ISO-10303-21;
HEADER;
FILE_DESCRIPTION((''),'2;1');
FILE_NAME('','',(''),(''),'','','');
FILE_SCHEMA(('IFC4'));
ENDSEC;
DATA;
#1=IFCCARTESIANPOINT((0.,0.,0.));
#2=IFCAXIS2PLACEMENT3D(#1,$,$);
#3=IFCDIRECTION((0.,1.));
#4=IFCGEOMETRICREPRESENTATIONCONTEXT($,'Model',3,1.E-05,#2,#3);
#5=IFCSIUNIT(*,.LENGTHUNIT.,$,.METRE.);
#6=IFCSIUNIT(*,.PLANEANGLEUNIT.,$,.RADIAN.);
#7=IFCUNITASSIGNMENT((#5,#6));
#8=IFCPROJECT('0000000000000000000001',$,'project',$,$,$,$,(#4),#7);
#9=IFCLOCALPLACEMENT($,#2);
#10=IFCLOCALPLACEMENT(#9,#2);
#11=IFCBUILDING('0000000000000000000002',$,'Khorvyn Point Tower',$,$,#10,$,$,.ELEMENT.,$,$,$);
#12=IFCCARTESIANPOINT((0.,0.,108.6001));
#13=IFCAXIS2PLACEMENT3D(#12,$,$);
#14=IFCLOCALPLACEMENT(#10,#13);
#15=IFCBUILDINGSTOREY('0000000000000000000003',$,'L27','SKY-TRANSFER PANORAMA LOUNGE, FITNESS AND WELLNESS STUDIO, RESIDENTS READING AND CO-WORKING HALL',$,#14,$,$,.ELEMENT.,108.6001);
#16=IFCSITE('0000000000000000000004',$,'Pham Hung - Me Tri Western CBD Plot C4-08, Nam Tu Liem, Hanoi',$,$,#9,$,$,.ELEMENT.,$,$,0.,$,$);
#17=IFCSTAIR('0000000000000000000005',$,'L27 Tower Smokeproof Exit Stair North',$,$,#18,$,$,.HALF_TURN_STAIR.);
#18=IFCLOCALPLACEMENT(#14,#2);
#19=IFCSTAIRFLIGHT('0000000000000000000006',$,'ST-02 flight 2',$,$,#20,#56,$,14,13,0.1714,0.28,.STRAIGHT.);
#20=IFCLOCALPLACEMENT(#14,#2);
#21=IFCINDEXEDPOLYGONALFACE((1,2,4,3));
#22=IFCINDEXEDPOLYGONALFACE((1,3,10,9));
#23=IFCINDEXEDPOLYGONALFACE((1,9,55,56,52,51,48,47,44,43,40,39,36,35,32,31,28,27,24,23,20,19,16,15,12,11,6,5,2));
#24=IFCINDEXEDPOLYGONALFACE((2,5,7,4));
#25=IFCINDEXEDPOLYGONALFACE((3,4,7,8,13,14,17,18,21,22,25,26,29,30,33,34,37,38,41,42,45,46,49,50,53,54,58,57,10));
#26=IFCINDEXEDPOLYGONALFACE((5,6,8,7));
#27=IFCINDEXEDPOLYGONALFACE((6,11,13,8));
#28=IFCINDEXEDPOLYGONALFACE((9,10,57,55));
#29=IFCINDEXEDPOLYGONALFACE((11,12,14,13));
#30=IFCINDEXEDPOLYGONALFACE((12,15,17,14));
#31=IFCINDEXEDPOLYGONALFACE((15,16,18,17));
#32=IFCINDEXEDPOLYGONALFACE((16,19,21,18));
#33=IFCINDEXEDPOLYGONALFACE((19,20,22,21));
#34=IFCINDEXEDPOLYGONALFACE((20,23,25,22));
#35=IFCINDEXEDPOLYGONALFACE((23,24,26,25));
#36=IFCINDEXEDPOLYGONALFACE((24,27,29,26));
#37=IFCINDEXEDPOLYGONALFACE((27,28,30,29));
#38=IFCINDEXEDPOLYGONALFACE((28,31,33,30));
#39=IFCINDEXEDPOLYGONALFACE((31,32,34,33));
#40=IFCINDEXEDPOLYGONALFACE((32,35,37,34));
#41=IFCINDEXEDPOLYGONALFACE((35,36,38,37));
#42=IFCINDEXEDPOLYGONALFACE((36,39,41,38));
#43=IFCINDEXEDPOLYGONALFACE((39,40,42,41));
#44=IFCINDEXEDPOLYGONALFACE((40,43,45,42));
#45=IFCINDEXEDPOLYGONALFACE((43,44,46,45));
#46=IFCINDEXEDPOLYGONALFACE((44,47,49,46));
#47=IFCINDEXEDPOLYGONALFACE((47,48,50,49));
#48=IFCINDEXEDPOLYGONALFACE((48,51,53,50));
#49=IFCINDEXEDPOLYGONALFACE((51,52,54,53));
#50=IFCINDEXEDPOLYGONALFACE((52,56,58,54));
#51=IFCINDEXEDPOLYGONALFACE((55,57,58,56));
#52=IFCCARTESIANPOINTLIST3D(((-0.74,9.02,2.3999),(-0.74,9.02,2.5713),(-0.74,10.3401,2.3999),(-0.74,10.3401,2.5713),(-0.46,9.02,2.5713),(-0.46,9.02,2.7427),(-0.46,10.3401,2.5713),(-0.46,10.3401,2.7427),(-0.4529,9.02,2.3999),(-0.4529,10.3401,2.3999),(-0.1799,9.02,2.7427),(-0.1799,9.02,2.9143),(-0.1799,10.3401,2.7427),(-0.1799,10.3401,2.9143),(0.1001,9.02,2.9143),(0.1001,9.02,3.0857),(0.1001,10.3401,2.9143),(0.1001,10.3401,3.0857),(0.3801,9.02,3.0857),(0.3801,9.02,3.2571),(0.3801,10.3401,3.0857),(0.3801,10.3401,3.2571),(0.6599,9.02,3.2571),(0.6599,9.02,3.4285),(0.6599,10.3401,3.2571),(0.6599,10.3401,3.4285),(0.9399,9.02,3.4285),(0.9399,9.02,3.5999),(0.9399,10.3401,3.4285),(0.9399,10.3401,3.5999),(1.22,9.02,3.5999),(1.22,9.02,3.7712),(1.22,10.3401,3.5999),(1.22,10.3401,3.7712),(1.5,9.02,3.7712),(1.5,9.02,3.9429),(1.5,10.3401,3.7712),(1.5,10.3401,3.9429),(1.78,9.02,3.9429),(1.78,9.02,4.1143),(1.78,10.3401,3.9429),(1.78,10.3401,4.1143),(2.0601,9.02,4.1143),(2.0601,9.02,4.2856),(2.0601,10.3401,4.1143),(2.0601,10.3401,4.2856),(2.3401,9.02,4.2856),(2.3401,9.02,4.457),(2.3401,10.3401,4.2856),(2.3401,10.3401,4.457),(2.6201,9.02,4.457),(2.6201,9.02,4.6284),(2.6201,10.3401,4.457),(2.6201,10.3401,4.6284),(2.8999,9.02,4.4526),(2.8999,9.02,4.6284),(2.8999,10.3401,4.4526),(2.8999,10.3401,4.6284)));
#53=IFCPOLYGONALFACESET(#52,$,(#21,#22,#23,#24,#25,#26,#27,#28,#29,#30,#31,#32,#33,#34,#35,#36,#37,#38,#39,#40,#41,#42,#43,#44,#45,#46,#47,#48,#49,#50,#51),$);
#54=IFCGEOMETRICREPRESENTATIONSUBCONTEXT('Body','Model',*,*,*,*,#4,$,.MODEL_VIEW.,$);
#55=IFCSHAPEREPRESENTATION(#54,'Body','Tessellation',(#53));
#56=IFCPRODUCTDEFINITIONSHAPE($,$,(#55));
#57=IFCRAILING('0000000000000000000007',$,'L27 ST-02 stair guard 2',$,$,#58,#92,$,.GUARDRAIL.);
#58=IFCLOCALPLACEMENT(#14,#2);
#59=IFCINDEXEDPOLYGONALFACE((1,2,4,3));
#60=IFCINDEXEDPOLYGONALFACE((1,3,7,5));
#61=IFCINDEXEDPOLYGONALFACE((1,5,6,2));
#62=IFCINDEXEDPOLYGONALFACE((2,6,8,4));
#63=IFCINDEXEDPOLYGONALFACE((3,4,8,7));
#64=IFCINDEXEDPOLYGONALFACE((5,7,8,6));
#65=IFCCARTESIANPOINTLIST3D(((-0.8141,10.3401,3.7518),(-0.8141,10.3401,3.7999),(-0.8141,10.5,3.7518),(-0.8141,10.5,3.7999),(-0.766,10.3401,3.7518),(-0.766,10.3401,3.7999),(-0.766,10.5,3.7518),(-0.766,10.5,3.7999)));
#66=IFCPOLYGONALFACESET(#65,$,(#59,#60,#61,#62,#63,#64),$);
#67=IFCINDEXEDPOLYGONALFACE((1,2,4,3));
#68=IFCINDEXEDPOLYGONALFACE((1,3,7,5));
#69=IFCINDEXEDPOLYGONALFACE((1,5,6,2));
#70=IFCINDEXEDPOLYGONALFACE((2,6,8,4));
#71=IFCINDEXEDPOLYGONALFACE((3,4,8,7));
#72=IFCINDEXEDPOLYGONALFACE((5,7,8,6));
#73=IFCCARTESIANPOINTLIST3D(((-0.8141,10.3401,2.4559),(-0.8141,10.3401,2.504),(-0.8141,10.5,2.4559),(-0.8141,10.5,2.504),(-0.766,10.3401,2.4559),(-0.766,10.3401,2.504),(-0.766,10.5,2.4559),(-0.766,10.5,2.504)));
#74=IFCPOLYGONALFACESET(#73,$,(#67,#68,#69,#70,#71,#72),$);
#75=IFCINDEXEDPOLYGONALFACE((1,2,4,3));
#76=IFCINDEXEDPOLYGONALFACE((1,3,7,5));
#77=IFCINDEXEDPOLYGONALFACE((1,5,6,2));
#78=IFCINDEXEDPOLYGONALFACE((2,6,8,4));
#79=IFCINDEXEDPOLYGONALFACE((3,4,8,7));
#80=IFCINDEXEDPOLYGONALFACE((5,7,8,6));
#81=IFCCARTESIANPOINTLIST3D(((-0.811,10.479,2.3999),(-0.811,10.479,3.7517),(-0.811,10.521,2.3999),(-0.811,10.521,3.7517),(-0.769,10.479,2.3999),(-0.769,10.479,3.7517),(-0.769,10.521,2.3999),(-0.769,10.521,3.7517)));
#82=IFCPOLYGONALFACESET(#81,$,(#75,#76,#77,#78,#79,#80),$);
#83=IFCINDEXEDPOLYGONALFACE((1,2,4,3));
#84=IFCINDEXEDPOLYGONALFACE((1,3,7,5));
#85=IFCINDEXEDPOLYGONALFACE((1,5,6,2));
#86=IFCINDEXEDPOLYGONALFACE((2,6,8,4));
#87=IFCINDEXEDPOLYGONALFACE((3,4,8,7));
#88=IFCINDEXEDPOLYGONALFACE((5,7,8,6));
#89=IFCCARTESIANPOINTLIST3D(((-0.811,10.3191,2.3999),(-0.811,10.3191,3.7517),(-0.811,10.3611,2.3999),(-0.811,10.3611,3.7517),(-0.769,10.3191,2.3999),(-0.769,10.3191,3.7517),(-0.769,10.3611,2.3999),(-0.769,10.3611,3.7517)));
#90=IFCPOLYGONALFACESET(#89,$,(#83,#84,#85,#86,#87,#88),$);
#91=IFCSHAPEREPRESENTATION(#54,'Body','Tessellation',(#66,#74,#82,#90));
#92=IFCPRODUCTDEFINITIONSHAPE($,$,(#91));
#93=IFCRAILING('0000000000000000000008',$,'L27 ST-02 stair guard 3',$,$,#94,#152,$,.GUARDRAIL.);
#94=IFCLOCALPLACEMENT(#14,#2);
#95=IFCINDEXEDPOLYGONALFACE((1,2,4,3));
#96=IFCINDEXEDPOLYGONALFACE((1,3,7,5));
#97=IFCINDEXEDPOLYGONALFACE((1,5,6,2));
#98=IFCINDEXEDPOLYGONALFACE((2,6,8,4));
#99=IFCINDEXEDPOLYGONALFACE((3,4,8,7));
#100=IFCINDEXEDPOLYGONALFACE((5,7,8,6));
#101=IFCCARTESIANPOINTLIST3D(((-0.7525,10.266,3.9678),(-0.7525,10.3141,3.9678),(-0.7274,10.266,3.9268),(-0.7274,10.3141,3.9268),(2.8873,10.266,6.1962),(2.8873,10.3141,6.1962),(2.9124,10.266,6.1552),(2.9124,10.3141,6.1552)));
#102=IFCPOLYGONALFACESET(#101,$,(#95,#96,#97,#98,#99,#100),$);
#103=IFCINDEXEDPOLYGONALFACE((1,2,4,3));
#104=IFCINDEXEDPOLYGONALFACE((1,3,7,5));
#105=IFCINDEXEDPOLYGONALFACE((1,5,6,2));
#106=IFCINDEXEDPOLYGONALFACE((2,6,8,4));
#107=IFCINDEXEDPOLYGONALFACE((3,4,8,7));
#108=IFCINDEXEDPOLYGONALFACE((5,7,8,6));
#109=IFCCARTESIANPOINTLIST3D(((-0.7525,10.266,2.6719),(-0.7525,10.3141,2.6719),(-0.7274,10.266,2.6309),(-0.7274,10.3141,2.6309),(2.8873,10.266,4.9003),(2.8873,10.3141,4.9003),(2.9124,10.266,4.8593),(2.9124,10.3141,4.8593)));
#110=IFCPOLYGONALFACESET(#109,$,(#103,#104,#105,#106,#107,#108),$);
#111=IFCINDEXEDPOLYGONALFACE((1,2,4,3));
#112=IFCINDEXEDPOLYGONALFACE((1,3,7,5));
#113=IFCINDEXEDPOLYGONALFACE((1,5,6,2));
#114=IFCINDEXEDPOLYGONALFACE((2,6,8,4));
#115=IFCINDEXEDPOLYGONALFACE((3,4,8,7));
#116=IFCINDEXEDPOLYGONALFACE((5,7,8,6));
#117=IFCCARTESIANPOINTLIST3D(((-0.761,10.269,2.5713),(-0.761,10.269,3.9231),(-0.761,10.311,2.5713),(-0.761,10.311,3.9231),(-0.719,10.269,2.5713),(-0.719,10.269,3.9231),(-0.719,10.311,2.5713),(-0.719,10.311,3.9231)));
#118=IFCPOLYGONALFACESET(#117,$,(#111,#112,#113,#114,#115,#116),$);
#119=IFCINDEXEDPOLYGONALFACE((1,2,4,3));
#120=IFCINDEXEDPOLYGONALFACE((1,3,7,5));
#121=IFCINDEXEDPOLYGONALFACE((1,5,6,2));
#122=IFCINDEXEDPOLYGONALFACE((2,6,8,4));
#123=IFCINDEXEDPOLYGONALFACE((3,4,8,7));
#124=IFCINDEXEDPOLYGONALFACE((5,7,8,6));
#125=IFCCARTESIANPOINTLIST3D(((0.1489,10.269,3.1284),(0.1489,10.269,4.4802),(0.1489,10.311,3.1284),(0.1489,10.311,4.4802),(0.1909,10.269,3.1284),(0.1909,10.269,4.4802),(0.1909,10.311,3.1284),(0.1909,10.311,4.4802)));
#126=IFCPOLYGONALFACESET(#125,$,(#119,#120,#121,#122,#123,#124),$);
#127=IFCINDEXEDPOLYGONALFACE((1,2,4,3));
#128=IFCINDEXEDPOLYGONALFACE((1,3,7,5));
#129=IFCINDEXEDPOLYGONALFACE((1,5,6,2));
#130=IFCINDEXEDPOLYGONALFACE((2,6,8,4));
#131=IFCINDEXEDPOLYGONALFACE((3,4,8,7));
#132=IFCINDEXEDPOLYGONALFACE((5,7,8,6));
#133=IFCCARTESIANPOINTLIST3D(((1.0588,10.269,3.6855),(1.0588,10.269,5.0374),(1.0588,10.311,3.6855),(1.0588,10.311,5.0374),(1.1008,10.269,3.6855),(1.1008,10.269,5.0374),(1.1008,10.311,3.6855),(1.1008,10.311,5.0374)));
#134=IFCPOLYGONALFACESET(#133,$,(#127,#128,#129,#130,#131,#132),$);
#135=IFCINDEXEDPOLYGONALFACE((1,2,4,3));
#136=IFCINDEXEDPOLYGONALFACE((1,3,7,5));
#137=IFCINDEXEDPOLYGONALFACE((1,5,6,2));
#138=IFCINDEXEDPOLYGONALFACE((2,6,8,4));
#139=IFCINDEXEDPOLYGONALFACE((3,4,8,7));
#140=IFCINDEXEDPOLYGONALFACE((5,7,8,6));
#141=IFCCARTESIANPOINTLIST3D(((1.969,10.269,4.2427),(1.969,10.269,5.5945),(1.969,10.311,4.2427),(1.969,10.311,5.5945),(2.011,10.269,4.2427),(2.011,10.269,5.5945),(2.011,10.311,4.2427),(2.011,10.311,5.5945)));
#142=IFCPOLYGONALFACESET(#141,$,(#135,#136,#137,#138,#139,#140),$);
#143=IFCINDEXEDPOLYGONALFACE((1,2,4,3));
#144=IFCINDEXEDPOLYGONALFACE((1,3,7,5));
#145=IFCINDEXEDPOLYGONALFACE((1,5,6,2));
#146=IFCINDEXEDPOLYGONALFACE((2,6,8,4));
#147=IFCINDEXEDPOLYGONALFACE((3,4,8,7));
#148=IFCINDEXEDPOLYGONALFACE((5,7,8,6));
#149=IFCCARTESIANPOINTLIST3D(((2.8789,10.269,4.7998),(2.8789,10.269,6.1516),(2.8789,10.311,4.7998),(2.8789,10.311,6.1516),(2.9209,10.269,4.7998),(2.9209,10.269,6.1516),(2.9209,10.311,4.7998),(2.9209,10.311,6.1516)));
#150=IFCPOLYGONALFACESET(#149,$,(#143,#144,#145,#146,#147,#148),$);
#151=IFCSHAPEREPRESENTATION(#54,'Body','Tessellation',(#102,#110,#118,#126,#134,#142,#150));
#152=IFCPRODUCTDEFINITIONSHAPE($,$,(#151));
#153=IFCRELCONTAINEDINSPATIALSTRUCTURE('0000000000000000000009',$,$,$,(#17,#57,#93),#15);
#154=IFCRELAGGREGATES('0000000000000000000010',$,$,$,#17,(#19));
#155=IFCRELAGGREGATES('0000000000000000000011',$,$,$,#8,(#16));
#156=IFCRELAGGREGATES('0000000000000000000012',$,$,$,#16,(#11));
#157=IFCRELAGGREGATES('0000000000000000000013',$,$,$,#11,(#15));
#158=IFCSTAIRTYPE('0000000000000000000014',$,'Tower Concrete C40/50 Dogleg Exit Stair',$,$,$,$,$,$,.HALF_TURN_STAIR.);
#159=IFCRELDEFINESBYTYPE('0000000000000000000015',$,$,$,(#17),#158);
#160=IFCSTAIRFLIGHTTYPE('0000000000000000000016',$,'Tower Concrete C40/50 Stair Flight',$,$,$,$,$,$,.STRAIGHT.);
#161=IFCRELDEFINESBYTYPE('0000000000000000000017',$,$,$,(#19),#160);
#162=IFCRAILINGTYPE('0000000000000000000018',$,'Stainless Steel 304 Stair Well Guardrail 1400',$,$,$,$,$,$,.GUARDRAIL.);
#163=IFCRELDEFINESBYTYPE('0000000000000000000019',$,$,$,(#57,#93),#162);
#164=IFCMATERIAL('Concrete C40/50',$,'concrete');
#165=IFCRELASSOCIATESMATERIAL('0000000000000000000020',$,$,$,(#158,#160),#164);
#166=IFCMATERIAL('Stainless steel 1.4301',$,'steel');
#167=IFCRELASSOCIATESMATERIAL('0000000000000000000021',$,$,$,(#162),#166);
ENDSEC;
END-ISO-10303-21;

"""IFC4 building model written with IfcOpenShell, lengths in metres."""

from ifc_helpers import new_model, si_unit, direction, frame, origin, origin_2d, place, context, subcontext, project, spatial, polyline, rectangle, outline, extrude, material, type_object, element, aggregate, save


model = new_model("IFC4")

# Units and contexts
model_context = context("Model", 3, precision=1e-05, world=origin(), true_north=direction((0.0, 1.0)))
body_context = subcontext(model_context, "Body", "Model", "MODEL_VIEW")
ifc_project = project(units=[si_unit("LENGTHUNIT", "METRE"), si_unit("PLANEANGLEUNIT", "RADIAN")], contexts=[model_context])

# Site, building, storey
site_placement = place(None, origin())
site = spatial("IfcSite", under=ifc_project, at=site_placement, Name="Pham Hung - Me Tri Western CBD Plot C4-08, Nam Tu Liem, Hanoi", CompositionType="ELEMENT", RefElevation=0.0)
building_placement = place(site_placement, origin())
building = spatial("IfcBuilding", under=site, at=building_placement, Name="Khorvyn Point Tower", CompositionType="ELEMENT")
storey_placement = place(building_placement, frame((0.0, 0.0, 108.6001)))
storey = spatial("IfcBuildingStorey", under=building, at=storey_placement, Name="L27", Description="SKY-TRANSFER PANORAMA LOUNGE, FITNESS AND WELLNESS STUDIO, RESIDENTS READING AND CO-WORKING HALL", CompositionType="ELEMENT", Elevation=108.6001)

# Shared definitions
ifc_material_1 = material(Name="Concrete C40/50", Category="concrete")

# Shared definitions
ifc_material_2 = material(Name="Stainless steel 1.4301", Category="steel")

# Stair, stair flight
stair_type = type_object("IfcStairType", Name="Tower Concrete C40/50 Dogleg Exit Stair", PredefinedType="HALF_TURN_STAIR", material=ifc_material_1)
stair_placement = place(storey_placement, origin())
stair = element("IfcStair", 1, at=stair_placement, inside=storey, type_object=stair_type, Name="L27 Tower Smokeproof Exit Stair North", PredefinedType="HALF_TURN_STAIR")
stair_flight_type = type_object("IfcStairFlightType", Name="Tower Concrete C40/50 Stair Flight", PredefinedType="STRAIGHT", material=ifc_material_1)
stair_flight_placement = place(storey_placement, frame((-0.74, 9.6799, 2.3999), z_axis=(0.0, 0.0, 1.0), x_axis=(1.0, 0.0, 0.0)))
stair_flight = element("IfcStairFlight", 2, at=stair_flight_placement, type_object=stair_flight_type, Name="ST-02 flight 2", NumberOfRisers=14, NumberOfTreads=13, PredefinedType="STRAIGHT", RiserHeight=0.1714, TreadLength=0.28, context=body_context, shape_type="SweptSolid", body=[
    extrude(outline(polyline([(0.0, 0.0), (0.0, 0.1714), (0.28, 0.1714), (0.28, 0.3428), (0.5601, 0.3428), (0.5601, 0.5144), (0.8401, 0.5144), (0.8401, 0.6858), (1.1201, 0.6858), (1.1201, 0.8572), (1.3999, 0.8572), (1.3999, 1.0286), (1.6799, 1.0286), (1.6799, 1.2), (1.96, 1.2), (1.96, 1.3713), (2.24, 1.3713), (2.24, 1.543), (2.52, 1.543), (2.52, 1.7144), (2.8, 1.7144), (2.8, 1.8857), (3.0801, 1.8857), (3.0801, 2.0571), (3.3601, 2.0571), (3.3601, 2.2285), (3.6399, 2.2285), (3.6399, 2.3999), (3.6399, 2.0527), (0.2871, 0.0), (0.0, 0.0)])), frame((0.0, 0.6602, 0.0), z_axis=(0.0, -1.0, 0.0), x_axis=(1.0, 0.0, 0.0)), (0.0, 0.0, 1.0), 1.3201),
])
aggregate(stair, [stair_flight])

# Railings
railing_type = type_object("IfcRailingType", Name="Stainless Steel 304 Stair Well Guardrail 1400", PredefinedType="GUARDRAIL", material=ifc_material_2)
railing_1_placement = place(storey_placement, frame((-0.79, 10.5, 2.3999)))
element("IfcRailing", 3, at=railing_1_placement, inside=storey, type_object=railing_type, Name="L27 ST-02 stair guard 2", PredefinedType="GUARDRAIL", context=body_context, shape_type="SweptSolid", body=[
    extrude(rectangle(XDim=0.0481, YDim=0.0481, at=origin_2d()), frame((0.0, 0.0, 1.376), z_axis=(0.0, -1.0, 0.0), x_axis=(1.0, 0.0, 0.0)), (0.0, 0.0, 1.0), 0.1599),
    extrude(rectangle(XDim=0.0481, YDim=0.0481, at=origin_2d()), frame((0.0, 0.0, 0.0801), z_axis=(0.0, -1.0, 0.0), x_axis=(1.0, 0.0, 0.0)), (0.0, 0.0, 1.0), 0.1599),
    extrude(rectangle(XDim=0.042, YDim=0.042, at=origin_2d()), origin(), (0.0, 0.0, 1.0), 1.3518),
    extrude(rectangle(XDim=0.042, YDim=0.042, at=origin_2d()), frame((0.0, -0.1599, 0.0)), (0.0, 0.0, 1.0), 1.3518),
])
railing_2_placement = place(storey_placement, frame((-0.74, 10.29, 2.5713)))
element("IfcRailing", 4, at=railing_2_placement, inside=storey, type_object=railing_type, Name="L27 ST-02 stair guard 3", PredefinedType="GUARDRAIL", context=body_context, shape_type="SweptSolid", body=[
    extrude(rectangle(XDim=0.0481, YDim=0.0481, at=origin_2d()), frame((0.0, 0.0, 1.376), z_axis=(0.85285, 0.0, 0.522156), x_axis=(0.0, 1.0, 0.0)), (0.0, 0.0, 1.0), 4.2678),
    extrude(rectangle(XDim=0.0481, YDim=0.0481, at=origin_2d()), frame((0.0, 0.0, 0.0801), z_axis=(0.85285, 0.0, 0.522156), x_axis=(0.0, 1.0, 0.0)), (0.0, 0.0, 1.0), 4.2678),
    extrude(rectangle(XDim=0.042, YDim=0.042, at=origin_2d()), origin(), (0.0, 0.0, 1.0), 1.3518),
    extrude(rectangle(XDim=0.042, YDim=0.042, at=origin_2d()), frame((0.9099, 0.0, 0.5571)), (0.0, 0.0, 1.0), 1.3518),
    extrude(rectangle(XDim=0.042, YDim=0.042, at=origin_2d()), frame((1.8198, 0.0, 1.1143)), (0.0, 0.0, 1.0), 1.3518),
    extrude(rectangle(XDim=0.042, YDim=0.042, at=origin_2d()), frame((2.73, 0.0, 1.6714)), (0.0, 0.0, 1.0), 1.3518),
    extrude(rectangle(XDim=0.042, YDim=0.042, at=origin_2d()), frame((3.6399, 0.0, 2.2285)), (0.0, 0.0, 1.0), 1.3518),
])

save(model, "model.ifc")
